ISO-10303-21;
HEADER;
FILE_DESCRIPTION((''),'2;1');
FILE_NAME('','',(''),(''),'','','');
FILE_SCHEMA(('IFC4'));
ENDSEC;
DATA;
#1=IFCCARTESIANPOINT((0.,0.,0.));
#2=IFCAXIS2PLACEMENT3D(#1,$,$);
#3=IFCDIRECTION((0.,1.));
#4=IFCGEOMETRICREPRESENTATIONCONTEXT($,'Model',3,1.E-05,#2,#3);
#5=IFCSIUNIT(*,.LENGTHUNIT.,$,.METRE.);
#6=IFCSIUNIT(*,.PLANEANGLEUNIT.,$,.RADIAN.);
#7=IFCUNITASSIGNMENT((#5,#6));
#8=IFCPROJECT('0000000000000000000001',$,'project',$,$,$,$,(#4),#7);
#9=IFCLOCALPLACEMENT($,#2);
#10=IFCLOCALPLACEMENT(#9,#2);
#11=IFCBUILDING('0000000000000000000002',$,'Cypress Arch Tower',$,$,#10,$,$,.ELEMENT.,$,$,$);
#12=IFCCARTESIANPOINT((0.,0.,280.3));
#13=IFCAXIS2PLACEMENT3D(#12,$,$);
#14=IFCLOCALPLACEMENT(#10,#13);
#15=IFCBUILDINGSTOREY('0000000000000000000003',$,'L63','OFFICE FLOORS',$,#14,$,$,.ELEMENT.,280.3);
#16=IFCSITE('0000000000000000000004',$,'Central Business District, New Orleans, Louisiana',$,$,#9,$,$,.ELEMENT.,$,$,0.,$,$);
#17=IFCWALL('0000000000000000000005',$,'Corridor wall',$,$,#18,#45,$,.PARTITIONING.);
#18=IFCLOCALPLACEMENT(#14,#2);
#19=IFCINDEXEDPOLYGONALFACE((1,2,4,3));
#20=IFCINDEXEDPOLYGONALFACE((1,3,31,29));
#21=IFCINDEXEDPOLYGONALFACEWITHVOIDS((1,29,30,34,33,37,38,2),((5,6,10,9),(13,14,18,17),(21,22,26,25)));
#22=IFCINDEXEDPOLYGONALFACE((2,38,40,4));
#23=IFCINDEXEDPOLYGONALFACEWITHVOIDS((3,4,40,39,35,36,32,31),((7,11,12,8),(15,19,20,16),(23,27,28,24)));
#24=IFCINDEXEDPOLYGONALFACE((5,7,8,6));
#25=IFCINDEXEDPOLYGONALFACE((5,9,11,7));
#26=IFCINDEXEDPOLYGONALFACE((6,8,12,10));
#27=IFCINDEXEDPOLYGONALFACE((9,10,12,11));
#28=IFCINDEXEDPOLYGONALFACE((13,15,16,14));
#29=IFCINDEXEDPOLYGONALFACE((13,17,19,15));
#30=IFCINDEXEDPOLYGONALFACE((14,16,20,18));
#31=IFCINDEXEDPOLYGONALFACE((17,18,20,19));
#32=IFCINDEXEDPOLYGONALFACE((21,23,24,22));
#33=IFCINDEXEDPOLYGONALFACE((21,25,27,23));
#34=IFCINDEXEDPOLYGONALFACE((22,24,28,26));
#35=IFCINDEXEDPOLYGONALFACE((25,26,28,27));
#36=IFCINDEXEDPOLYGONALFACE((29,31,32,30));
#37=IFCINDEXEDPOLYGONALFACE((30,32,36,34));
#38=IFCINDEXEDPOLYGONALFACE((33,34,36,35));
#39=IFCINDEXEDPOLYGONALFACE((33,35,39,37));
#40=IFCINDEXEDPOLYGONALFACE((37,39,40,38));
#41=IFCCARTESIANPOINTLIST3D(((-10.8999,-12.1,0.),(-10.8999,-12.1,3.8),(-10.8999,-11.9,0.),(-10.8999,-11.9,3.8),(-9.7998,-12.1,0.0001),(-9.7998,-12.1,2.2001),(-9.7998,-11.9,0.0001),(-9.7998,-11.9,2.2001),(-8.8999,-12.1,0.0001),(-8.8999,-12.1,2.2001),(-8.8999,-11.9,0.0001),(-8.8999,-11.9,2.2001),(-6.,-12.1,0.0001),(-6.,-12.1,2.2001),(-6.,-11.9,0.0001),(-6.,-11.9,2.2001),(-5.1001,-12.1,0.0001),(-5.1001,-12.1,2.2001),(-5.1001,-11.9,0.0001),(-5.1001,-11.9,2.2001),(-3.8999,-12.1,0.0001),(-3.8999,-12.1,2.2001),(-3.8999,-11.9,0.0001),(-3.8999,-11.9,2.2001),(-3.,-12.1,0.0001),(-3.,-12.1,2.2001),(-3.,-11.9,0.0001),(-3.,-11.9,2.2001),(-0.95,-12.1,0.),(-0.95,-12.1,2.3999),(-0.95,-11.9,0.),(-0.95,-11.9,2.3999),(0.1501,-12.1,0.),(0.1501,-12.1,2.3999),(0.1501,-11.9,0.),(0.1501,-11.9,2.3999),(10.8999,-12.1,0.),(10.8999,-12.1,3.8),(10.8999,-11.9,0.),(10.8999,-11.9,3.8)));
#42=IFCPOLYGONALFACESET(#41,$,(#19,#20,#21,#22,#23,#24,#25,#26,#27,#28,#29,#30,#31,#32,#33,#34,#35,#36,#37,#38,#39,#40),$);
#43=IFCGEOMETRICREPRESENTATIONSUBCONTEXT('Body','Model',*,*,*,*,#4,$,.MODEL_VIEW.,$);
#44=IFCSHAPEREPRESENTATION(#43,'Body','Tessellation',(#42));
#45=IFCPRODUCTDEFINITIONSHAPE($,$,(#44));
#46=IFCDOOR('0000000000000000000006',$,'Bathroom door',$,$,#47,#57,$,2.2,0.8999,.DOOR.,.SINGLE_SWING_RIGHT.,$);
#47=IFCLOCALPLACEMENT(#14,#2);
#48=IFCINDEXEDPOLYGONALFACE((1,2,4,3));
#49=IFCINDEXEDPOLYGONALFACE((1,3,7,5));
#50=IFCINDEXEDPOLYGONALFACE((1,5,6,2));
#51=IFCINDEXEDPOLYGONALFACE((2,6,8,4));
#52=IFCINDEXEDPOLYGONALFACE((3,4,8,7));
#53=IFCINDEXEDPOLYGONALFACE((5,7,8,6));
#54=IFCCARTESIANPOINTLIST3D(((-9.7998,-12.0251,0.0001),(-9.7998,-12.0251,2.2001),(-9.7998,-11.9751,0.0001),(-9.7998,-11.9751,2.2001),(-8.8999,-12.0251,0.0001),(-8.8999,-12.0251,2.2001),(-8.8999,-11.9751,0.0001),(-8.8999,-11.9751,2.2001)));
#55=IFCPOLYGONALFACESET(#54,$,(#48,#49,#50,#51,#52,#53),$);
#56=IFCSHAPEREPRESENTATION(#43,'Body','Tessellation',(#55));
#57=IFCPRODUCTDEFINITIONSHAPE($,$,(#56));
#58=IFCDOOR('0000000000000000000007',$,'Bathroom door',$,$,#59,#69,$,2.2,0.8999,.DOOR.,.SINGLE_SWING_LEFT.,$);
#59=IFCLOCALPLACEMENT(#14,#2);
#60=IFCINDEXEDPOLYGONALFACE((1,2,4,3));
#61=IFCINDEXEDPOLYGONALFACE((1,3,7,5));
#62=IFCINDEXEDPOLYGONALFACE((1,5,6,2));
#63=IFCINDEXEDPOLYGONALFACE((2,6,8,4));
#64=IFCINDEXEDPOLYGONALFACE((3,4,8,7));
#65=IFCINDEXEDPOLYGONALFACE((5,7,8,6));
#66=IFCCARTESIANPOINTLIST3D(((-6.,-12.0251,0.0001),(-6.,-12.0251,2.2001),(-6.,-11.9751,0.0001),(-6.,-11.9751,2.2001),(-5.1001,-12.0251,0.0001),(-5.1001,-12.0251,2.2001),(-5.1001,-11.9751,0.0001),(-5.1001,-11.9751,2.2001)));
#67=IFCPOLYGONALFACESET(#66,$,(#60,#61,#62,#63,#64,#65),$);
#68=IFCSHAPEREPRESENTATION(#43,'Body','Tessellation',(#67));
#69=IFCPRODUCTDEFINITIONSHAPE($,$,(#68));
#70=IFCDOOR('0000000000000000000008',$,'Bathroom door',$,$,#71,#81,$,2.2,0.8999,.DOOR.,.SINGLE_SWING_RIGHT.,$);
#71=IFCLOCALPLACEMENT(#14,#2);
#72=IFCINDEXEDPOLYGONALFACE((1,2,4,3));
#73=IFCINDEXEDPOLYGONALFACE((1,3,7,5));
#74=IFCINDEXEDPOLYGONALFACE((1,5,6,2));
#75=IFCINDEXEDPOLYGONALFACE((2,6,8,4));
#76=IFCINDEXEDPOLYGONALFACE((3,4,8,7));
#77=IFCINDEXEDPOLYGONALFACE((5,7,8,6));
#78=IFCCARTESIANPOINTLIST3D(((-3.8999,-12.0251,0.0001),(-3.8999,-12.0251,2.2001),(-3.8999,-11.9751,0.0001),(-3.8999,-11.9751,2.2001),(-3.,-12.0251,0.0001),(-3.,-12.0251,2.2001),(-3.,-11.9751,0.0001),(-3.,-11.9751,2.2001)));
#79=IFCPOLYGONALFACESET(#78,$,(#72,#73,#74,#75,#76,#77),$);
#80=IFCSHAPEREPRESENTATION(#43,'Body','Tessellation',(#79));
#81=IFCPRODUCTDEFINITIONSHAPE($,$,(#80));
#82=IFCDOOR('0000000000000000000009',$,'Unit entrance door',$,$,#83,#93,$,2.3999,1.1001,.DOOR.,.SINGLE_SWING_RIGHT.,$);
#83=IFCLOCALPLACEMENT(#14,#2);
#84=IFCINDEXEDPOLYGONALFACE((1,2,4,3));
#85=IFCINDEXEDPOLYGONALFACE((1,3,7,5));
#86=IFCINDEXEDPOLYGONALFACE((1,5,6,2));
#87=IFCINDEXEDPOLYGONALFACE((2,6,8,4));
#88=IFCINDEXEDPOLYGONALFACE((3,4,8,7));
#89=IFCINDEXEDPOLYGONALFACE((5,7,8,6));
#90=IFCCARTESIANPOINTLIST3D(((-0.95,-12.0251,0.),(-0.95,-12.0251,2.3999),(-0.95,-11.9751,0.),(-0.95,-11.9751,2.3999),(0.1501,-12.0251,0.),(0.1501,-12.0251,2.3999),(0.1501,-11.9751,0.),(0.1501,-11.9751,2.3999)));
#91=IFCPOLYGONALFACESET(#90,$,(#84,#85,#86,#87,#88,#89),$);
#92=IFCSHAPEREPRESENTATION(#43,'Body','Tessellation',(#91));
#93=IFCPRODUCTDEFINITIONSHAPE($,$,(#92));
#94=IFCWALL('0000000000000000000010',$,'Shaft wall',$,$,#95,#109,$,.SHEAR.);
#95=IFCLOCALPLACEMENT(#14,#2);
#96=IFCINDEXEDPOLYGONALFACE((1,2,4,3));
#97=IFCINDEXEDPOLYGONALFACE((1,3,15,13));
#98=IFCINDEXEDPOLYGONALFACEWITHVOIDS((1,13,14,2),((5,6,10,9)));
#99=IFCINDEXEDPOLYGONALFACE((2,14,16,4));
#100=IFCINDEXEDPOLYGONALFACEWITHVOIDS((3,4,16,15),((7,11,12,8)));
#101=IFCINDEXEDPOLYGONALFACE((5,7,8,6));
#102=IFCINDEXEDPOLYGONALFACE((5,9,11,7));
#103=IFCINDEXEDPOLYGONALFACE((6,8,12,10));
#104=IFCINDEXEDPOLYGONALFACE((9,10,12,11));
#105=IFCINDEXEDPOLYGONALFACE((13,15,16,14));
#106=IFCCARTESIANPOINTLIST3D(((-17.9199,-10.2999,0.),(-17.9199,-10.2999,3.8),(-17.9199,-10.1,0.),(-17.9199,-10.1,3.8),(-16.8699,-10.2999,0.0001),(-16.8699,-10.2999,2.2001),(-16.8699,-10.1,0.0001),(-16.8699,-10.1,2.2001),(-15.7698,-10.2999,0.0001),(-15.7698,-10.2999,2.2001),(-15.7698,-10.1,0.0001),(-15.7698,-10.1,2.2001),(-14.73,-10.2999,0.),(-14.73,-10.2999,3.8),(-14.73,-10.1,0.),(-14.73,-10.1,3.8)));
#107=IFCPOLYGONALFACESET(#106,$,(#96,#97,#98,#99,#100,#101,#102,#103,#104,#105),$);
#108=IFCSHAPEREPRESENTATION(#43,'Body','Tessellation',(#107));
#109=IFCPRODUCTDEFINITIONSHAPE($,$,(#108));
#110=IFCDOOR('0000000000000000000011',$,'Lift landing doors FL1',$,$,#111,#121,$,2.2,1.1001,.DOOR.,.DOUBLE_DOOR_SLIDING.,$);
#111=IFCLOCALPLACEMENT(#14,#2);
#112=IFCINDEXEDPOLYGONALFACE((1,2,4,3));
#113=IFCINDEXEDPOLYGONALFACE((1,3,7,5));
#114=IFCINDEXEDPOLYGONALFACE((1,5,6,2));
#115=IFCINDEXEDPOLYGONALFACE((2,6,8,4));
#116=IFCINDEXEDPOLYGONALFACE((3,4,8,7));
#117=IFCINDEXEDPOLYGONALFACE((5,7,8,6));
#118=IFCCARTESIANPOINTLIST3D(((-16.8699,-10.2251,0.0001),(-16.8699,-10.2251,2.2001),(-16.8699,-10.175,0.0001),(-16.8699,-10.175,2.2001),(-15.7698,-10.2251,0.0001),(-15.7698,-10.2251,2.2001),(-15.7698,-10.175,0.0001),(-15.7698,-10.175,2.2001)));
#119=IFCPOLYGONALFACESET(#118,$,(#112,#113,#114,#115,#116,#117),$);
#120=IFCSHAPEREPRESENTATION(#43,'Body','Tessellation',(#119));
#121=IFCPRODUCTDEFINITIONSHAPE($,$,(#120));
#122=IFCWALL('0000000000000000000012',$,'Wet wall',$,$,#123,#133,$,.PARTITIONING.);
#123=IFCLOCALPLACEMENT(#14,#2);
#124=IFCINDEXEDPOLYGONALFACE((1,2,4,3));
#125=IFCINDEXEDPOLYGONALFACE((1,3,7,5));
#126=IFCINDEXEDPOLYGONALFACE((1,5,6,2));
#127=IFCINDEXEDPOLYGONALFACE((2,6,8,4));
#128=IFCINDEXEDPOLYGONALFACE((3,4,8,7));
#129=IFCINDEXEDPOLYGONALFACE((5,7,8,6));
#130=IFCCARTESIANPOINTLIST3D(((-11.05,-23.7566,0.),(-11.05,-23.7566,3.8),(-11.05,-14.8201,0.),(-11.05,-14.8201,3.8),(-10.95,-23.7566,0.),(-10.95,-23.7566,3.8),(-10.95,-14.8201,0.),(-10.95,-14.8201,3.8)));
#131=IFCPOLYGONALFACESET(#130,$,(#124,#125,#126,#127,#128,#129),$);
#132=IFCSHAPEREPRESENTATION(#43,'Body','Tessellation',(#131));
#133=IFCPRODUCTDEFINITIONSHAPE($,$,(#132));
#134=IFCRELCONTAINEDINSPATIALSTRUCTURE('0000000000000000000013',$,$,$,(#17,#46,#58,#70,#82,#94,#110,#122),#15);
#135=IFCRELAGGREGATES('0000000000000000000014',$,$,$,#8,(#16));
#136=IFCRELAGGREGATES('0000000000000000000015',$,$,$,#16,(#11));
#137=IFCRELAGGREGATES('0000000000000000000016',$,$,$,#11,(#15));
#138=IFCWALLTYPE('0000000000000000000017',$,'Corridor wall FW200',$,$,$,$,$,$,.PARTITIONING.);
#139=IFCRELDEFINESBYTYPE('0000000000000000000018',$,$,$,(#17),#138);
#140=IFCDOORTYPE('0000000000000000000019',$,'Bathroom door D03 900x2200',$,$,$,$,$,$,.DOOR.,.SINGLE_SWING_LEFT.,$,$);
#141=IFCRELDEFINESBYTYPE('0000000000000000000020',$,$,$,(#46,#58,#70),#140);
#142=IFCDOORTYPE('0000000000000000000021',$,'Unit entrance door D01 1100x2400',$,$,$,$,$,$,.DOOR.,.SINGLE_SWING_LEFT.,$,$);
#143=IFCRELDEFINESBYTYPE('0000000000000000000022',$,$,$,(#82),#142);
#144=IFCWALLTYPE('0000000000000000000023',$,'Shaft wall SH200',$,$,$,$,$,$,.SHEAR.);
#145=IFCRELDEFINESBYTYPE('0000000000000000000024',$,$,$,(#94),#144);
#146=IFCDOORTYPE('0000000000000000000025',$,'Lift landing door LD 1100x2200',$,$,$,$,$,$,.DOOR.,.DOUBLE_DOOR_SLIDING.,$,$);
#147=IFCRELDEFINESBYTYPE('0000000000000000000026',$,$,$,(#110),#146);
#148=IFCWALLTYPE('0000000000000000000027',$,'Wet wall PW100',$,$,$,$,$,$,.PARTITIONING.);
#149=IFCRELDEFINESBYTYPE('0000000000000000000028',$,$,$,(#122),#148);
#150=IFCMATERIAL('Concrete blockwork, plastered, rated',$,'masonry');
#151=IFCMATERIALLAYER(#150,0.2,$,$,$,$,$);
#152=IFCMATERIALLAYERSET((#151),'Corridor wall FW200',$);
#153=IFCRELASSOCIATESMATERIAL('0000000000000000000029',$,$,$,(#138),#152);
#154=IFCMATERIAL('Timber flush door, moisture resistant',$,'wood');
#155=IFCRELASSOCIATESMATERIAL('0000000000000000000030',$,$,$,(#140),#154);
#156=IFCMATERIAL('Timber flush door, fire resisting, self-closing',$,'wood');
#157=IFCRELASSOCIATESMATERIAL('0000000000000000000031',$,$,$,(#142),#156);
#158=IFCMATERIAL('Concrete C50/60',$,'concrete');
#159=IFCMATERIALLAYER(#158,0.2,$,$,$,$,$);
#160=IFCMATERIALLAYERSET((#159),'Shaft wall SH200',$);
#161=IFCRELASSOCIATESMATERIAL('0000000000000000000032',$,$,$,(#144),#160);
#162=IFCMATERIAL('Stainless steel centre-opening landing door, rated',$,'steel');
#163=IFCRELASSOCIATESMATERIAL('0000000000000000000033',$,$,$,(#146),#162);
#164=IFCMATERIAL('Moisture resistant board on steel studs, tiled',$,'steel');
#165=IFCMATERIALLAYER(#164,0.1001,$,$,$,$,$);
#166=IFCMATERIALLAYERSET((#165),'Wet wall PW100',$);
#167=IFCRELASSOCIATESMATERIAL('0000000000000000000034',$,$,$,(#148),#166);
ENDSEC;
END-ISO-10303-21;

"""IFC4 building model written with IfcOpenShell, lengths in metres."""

from ifc_helpers import new_model, si_unit, direction, frame, frame_2d, origin, place, context, subcontext, project, spatial, rectangle, extrude, material, layer, layer_set, type_object, element, fill, save


model = new_model("IFC4")

# Units and contexts
model_context = context("Model", 3, precision=1e-05, world=origin(), true_north=direction((0.0, 1.0)))
body_context = subcontext(model_context, "Body", "Model", "MODEL_VIEW")
ifc_project = project(units=[si_unit("LENGTHUNIT", "METRE"), si_unit("PLANEANGLEUNIT", "RADIAN")], contexts=[model_context])

# Site, building, storey
site_placement = place(None, origin())
site = spatial("IfcSite", under=ifc_project, at=site_placement, Name="Central Business District, New Orleans, Louisiana", CompositionType="ELEMENT", RefElevation=0.0)
building_placement = place(site_placement, origin())
building = spatial("IfcBuilding", under=site, at=building_placement, Name="Cypress Arch Tower", CompositionType="ELEMENT")
storey_placement = place(building_placement, frame((0.0, 0.0, 280.3)))
storey = spatial("IfcBuildingStorey", under=building, at=storey_placement, Name="L63", Description="OFFICE FLOORS", CompositionType="ELEMENT", Elevation=280.3)

# Shared definitions
ifc_material_1 = material(Name="Concrete blockwork, plastered, rated", Category="masonry")
ifc_layer_1 = layer(ifc_material_1, 0.2)
ifc_layer_set_1 = layer_set([ifc_layer_1], Name="Corridor wall FW200")
wall_type_1 = type_object("IfcWallType", Name="Corridor wall FW200", PredefinedType="PARTITIONING", material=ifc_layer_set_1)

# Wall, openings, doors
wall_1_placement = place(storey_placement, frame((-10.8999, -12.0, 0.0), z_axis=(0.0, 0.0, 1.0), x_axis=(1.0, 0.0, 0.0)))
wall_1 = element("IfcWall", 1, at=wall_1_placement, inside=storey, type_object=wall_type_1, Name="Corridor wall", PredefinedType="PARTITIONING", context=body_context, shape_type="SweptSolid", body=[
    extrude(rectangle(XDim=21.7998, YDim=0.2, at=frame_2d((10.8999, 0.0))), origin(), (0.0, 0.0, 1.0), 3.8),
])
opening_1_placement = place(wall_1_placement, frame((1.1001, 0.0, 0.0)))
opening_1 = element("IfcOpeningElement", 2, at=opening_1_placement, cuts=wall_1, PredefinedType="OPENING", context=body_context, shape_type="SweptSolid", body=[
    extrude(rectangle(XDim=0.8999, YDim=2.2, at=frame_2d((0.45, 1.1001))), frame((0.0, 0.1099, 0.0), z_axis=(0.0, -1.0, 0.0), x_axis=(1.0, 0.0, 0.0)), (0.0, 0.0, 1.0), 0.22),
])
opening_2_placement = place(wall_1_placement, frame((4.8999, 0.0, 0.0)))
opening_2 = element("IfcOpeningElement", 3, at=opening_2_placement, cuts=wall_1, PredefinedType="OPENING", context=body_context, shape_type="SweptSolid", body=[
    extrude(rectangle(XDim=0.8999, YDim=2.2, at=frame_2d((0.45, 1.1001))), frame((0.0, 0.1099, 0.0), z_axis=(0.0, -1.0, 0.0), x_axis=(1.0, 0.0, 0.0)), (0.0, 0.0, 1.0), 0.22),
])
opening_3_placement = place(wall_1_placement, frame((7.0, 0.0, 0.0)))
opening_3 = element("IfcOpeningElement", 4, at=opening_3_placement, cuts=wall_1, PredefinedType="OPENING", context=body_context, shape_type="SweptSolid", body=[
    extrude(rectangle(XDim=0.8999, YDim=2.2, at=frame_2d((0.45, 1.1001))), frame((0.0, 0.1099, 0.0), z_axis=(0.0, -1.0, 0.0), x_axis=(1.0, 0.0, 0.0)), (0.0, 0.0, 1.0), 0.22),
])
opening_4_placement = place(wall_1_placement, frame((9.95, 0.0, 0.0)))
opening_4 = element("IfcOpeningElement", 5, at=opening_4_placement, cuts=wall_1, PredefinedType="OPENING", context=body_context, shape_type="SweptSolid", body=[
    extrude(rectangle(XDim=1.1001, YDim=2.3999, at=frame_2d((0.55, 1.2))), frame((0.0, 0.1099, 0.0), z_axis=(0.0, -1.0, 0.0), x_axis=(1.0, 0.0, 0.0)), (0.0, 0.0, 1.0), 0.22),
])
ifc_material_2 = material(Name="Timber flush door, moisture resistant", Category="wood")
door_type_1 = type_object("IfcDoorType", Name="Bathroom door D03 900x2200", OperationType="SINGLE_SWING_LEFT", PredefinedType="DOOR", material=ifc_material_2)
door_1_placement = place(opening_1_placement, origin())
door_1 = element("IfcDoor", 6, at=door_1_placement, inside=storey, type_object=door_type_1, Name="Bathroom door", OperationType="SINGLE_SWING_RIGHT", OverallHeight=2.2, OverallWidth=0.8999, PredefinedType="DOOR", context=body_context, shape_type="SweptSolid", body=[
    extrude(rectangle(XDim=0.8999, YDim=2.2, at=frame_2d((0.45, 1.1001))), frame((0.0, 0.0249, 0.0), z_axis=(0.0, -1.0, 0.0), x_axis=(1.0, 0.0, 0.0)), (0.0, 0.0, 1.0), 0.05),
])
fill(opening_1, door_1)
door_2_placement = place(opening_2_placement, origin())
door_2 = element("IfcDoor", 7, at=door_2_placement, inside=storey, type_object=door_type_1, Name="Bathroom door", OperationType="SINGLE_SWING_LEFT", OverallHeight=2.2, OverallWidth=0.8999, PredefinedType="DOOR", context=body_context, shape_type="SweptSolid", body=[
    extrude(rectangle(XDim=0.8999, YDim=2.2, at=frame_2d((0.45, 1.1001))), frame((0.0, 0.0249, 0.0), z_axis=(0.0, -1.0, 0.0), x_axis=(1.0, 0.0, 0.0)), (0.0, 0.0, 1.0), 0.05),
])
fill(opening_2, door_2)
door_3_placement = place(opening_3_placement, origin())
door_3 = element("IfcDoor", 8, at=door_3_placement, inside=storey, type_object=door_type_1, Name="Bathroom door", OperationType="SINGLE_SWING_RIGHT", OverallHeight=2.2, OverallWidth=0.8999, PredefinedType="DOOR", context=body_context, shape_type="SweptSolid", body=[
    extrude(rectangle(XDim=0.8999, YDim=2.2, at=frame_2d((0.45, 1.1001))), frame((0.0, 0.0249, 0.0), z_axis=(0.0, -1.0, 0.0), x_axis=(1.0, 0.0, 0.0)), (0.0, 0.0, 1.0), 0.05),
])
fill(opening_3, door_3)
ifc_material_3 = material(Name="Timber flush door, fire resisting, self-closing", Category="wood")
door_type_2 = type_object("IfcDoorType", Name="Unit entrance door D01 1100x2400", OperationType="SINGLE_SWING_LEFT", PredefinedType="DOOR", material=ifc_material_3)
door_4_placement = place(opening_4_placement, origin())
door_4 = element("IfcDoor", 9, at=door_4_placement, inside=storey, type_object=door_type_2, Name="Unit entrance door", OperationType="SINGLE_SWING_RIGHT", OverallHeight=2.3999, OverallWidth=1.1001, PredefinedType="DOOR", context=body_context, shape_type="SweptSolid", body=[
    extrude(rectangle(XDim=1.1001, YDim=2.3999, at=frame_2d((0.55, 1.2))), frame((0.0, 0.0249, 0.0), z_axis=(0.0, -1.0, 0.0), x_axis=(1.0, 0.0, 0.0)), (0.0, 0.0, 1.0), 0.05),
])
fill(opening_4, door_4)

# Wall, opening, door
ifc_material_4 = material(Name="Concrete C50/60", Category="concrete")
ifc_layer_2 = layer(ifc_material_4, 0.2)
ifc_layer_set_2 = layer_set([ifc_layer_2], Name="Shaft wall SH200")
wall_type_2 = type_object("IfcWallType", Name="Shaft wall SH200", PredefinedType="SHEAR", material=ifc_layer_set_2)
wall_2_placement = place(storey_placement, frame((-17.9199, -10.2, 0.0), z_axis=(0.0, 0.0, 1.0), x_axis=(1.0, 0.0, 0.0)))
wall_2 = element("IfcWall", 10, at=wall_2_placement, inside=storey, type_object=wall_type_2, Name="Shaft wall", PredefinedType="SHEAR", context=body_context, shape_type="SweptSolid", body=[
    extrude(rectangle(XDim=3.1899, YDim=0.2, at=frame_2d((1.595, 0.0))), origin(), (0.0, 0.0, 1.0), 3.8),
])
opening_5_placement = place(wall_2_placement, frame((1.05, 0.0, 0.0)))
opening_5 = element("IfcOpeningElement", 11, at=opening_5_placement, cuts=wall_2, PredefinedType="OPENING", context=body_context, shape_type="SweptSolid", body=[
    extrude(rectangle(XDim=1.1001, YDim=2.2, at=frame_2d((0.55, 1.1001))), frame((0.0, 0.1099, 0.0), z_axis=(0.0, -1.0, 0.0), x_axis=(1.0, 0.0, 0.0)), (0.0, 0.0, 1.0), 0.22),
])
ifc_material_5 = material(Name="Stainless steel centre-opening landing door, rated", Category="steel")
door_type_3 = type_object("IfcDoorType", Name="Lift landing door LD 1100x2200", OperationType="DOUBLE_DOOR_SLIDING", PredefinedType="DOOR", material=ifc_material_5)
door_5_placement = place(opening_5_placement, origin())
door_5 = element("IfcDoor", 12, at=door_5_placement, inside=storey, type_object=door_type_3, Name="Lift landing doors FL1", OperationType="DOUBLE_DOOR_SLIDING", OverallHeight=2.2, OverallWidth=1.1001, PredefinedType="DOOR", context=body_context, shape_type="SweptSolid", body=[
    extrude(rectangle(XDim=1.1001, YDim=2.2, at=frame_2d((0.55, 1.1001))), frame((0.0, 0.0249, 0.0), z_axis=(0.0, -1.0, 0.0), x_axis=(1.0, 0.0, 0.0)), (0.0, 0.0, 1.0), 0.05),
])
fill(opening_5, door_5)

# Wall
ifc_material_6 = material(Name="Moisture resistant board on steel studs, tiled", Category="steel")
ifc_layer_3 = layer(ifc_material_6, 0.1001)
ifc_layer_set_3 = layer_set([ifc_layer_3], Name="Wet wall PW100")
wall_type_3 = type_object("IfcWallType", Name="Wet wall PW100", PredefinedType="PARTITIONING", material=ifc_layer_set_3)
wall_3_placement = place(storey_placement, frame((-11.0, -23.7566, 0.0), z_axis=(0.0, 0.0, 1.0), x_axis=(0.0, 1.0, 0.0)))
element("IfcWall", 13, at=wall_3_placement, inside=storey, type_object=wall_type_3, Name="Wet wall", PredefinedType="PARTITIONING", context=body_context, shape_type="SweptSolid", body=[
    extrude(rectangle(XDim=8.9365, YDim=0.1001, at=frame_2d((4.4683, 0.0))), origin(), (0.0, 0.0, 1.0), 3.8),
])

save(model, "model.ifc")
